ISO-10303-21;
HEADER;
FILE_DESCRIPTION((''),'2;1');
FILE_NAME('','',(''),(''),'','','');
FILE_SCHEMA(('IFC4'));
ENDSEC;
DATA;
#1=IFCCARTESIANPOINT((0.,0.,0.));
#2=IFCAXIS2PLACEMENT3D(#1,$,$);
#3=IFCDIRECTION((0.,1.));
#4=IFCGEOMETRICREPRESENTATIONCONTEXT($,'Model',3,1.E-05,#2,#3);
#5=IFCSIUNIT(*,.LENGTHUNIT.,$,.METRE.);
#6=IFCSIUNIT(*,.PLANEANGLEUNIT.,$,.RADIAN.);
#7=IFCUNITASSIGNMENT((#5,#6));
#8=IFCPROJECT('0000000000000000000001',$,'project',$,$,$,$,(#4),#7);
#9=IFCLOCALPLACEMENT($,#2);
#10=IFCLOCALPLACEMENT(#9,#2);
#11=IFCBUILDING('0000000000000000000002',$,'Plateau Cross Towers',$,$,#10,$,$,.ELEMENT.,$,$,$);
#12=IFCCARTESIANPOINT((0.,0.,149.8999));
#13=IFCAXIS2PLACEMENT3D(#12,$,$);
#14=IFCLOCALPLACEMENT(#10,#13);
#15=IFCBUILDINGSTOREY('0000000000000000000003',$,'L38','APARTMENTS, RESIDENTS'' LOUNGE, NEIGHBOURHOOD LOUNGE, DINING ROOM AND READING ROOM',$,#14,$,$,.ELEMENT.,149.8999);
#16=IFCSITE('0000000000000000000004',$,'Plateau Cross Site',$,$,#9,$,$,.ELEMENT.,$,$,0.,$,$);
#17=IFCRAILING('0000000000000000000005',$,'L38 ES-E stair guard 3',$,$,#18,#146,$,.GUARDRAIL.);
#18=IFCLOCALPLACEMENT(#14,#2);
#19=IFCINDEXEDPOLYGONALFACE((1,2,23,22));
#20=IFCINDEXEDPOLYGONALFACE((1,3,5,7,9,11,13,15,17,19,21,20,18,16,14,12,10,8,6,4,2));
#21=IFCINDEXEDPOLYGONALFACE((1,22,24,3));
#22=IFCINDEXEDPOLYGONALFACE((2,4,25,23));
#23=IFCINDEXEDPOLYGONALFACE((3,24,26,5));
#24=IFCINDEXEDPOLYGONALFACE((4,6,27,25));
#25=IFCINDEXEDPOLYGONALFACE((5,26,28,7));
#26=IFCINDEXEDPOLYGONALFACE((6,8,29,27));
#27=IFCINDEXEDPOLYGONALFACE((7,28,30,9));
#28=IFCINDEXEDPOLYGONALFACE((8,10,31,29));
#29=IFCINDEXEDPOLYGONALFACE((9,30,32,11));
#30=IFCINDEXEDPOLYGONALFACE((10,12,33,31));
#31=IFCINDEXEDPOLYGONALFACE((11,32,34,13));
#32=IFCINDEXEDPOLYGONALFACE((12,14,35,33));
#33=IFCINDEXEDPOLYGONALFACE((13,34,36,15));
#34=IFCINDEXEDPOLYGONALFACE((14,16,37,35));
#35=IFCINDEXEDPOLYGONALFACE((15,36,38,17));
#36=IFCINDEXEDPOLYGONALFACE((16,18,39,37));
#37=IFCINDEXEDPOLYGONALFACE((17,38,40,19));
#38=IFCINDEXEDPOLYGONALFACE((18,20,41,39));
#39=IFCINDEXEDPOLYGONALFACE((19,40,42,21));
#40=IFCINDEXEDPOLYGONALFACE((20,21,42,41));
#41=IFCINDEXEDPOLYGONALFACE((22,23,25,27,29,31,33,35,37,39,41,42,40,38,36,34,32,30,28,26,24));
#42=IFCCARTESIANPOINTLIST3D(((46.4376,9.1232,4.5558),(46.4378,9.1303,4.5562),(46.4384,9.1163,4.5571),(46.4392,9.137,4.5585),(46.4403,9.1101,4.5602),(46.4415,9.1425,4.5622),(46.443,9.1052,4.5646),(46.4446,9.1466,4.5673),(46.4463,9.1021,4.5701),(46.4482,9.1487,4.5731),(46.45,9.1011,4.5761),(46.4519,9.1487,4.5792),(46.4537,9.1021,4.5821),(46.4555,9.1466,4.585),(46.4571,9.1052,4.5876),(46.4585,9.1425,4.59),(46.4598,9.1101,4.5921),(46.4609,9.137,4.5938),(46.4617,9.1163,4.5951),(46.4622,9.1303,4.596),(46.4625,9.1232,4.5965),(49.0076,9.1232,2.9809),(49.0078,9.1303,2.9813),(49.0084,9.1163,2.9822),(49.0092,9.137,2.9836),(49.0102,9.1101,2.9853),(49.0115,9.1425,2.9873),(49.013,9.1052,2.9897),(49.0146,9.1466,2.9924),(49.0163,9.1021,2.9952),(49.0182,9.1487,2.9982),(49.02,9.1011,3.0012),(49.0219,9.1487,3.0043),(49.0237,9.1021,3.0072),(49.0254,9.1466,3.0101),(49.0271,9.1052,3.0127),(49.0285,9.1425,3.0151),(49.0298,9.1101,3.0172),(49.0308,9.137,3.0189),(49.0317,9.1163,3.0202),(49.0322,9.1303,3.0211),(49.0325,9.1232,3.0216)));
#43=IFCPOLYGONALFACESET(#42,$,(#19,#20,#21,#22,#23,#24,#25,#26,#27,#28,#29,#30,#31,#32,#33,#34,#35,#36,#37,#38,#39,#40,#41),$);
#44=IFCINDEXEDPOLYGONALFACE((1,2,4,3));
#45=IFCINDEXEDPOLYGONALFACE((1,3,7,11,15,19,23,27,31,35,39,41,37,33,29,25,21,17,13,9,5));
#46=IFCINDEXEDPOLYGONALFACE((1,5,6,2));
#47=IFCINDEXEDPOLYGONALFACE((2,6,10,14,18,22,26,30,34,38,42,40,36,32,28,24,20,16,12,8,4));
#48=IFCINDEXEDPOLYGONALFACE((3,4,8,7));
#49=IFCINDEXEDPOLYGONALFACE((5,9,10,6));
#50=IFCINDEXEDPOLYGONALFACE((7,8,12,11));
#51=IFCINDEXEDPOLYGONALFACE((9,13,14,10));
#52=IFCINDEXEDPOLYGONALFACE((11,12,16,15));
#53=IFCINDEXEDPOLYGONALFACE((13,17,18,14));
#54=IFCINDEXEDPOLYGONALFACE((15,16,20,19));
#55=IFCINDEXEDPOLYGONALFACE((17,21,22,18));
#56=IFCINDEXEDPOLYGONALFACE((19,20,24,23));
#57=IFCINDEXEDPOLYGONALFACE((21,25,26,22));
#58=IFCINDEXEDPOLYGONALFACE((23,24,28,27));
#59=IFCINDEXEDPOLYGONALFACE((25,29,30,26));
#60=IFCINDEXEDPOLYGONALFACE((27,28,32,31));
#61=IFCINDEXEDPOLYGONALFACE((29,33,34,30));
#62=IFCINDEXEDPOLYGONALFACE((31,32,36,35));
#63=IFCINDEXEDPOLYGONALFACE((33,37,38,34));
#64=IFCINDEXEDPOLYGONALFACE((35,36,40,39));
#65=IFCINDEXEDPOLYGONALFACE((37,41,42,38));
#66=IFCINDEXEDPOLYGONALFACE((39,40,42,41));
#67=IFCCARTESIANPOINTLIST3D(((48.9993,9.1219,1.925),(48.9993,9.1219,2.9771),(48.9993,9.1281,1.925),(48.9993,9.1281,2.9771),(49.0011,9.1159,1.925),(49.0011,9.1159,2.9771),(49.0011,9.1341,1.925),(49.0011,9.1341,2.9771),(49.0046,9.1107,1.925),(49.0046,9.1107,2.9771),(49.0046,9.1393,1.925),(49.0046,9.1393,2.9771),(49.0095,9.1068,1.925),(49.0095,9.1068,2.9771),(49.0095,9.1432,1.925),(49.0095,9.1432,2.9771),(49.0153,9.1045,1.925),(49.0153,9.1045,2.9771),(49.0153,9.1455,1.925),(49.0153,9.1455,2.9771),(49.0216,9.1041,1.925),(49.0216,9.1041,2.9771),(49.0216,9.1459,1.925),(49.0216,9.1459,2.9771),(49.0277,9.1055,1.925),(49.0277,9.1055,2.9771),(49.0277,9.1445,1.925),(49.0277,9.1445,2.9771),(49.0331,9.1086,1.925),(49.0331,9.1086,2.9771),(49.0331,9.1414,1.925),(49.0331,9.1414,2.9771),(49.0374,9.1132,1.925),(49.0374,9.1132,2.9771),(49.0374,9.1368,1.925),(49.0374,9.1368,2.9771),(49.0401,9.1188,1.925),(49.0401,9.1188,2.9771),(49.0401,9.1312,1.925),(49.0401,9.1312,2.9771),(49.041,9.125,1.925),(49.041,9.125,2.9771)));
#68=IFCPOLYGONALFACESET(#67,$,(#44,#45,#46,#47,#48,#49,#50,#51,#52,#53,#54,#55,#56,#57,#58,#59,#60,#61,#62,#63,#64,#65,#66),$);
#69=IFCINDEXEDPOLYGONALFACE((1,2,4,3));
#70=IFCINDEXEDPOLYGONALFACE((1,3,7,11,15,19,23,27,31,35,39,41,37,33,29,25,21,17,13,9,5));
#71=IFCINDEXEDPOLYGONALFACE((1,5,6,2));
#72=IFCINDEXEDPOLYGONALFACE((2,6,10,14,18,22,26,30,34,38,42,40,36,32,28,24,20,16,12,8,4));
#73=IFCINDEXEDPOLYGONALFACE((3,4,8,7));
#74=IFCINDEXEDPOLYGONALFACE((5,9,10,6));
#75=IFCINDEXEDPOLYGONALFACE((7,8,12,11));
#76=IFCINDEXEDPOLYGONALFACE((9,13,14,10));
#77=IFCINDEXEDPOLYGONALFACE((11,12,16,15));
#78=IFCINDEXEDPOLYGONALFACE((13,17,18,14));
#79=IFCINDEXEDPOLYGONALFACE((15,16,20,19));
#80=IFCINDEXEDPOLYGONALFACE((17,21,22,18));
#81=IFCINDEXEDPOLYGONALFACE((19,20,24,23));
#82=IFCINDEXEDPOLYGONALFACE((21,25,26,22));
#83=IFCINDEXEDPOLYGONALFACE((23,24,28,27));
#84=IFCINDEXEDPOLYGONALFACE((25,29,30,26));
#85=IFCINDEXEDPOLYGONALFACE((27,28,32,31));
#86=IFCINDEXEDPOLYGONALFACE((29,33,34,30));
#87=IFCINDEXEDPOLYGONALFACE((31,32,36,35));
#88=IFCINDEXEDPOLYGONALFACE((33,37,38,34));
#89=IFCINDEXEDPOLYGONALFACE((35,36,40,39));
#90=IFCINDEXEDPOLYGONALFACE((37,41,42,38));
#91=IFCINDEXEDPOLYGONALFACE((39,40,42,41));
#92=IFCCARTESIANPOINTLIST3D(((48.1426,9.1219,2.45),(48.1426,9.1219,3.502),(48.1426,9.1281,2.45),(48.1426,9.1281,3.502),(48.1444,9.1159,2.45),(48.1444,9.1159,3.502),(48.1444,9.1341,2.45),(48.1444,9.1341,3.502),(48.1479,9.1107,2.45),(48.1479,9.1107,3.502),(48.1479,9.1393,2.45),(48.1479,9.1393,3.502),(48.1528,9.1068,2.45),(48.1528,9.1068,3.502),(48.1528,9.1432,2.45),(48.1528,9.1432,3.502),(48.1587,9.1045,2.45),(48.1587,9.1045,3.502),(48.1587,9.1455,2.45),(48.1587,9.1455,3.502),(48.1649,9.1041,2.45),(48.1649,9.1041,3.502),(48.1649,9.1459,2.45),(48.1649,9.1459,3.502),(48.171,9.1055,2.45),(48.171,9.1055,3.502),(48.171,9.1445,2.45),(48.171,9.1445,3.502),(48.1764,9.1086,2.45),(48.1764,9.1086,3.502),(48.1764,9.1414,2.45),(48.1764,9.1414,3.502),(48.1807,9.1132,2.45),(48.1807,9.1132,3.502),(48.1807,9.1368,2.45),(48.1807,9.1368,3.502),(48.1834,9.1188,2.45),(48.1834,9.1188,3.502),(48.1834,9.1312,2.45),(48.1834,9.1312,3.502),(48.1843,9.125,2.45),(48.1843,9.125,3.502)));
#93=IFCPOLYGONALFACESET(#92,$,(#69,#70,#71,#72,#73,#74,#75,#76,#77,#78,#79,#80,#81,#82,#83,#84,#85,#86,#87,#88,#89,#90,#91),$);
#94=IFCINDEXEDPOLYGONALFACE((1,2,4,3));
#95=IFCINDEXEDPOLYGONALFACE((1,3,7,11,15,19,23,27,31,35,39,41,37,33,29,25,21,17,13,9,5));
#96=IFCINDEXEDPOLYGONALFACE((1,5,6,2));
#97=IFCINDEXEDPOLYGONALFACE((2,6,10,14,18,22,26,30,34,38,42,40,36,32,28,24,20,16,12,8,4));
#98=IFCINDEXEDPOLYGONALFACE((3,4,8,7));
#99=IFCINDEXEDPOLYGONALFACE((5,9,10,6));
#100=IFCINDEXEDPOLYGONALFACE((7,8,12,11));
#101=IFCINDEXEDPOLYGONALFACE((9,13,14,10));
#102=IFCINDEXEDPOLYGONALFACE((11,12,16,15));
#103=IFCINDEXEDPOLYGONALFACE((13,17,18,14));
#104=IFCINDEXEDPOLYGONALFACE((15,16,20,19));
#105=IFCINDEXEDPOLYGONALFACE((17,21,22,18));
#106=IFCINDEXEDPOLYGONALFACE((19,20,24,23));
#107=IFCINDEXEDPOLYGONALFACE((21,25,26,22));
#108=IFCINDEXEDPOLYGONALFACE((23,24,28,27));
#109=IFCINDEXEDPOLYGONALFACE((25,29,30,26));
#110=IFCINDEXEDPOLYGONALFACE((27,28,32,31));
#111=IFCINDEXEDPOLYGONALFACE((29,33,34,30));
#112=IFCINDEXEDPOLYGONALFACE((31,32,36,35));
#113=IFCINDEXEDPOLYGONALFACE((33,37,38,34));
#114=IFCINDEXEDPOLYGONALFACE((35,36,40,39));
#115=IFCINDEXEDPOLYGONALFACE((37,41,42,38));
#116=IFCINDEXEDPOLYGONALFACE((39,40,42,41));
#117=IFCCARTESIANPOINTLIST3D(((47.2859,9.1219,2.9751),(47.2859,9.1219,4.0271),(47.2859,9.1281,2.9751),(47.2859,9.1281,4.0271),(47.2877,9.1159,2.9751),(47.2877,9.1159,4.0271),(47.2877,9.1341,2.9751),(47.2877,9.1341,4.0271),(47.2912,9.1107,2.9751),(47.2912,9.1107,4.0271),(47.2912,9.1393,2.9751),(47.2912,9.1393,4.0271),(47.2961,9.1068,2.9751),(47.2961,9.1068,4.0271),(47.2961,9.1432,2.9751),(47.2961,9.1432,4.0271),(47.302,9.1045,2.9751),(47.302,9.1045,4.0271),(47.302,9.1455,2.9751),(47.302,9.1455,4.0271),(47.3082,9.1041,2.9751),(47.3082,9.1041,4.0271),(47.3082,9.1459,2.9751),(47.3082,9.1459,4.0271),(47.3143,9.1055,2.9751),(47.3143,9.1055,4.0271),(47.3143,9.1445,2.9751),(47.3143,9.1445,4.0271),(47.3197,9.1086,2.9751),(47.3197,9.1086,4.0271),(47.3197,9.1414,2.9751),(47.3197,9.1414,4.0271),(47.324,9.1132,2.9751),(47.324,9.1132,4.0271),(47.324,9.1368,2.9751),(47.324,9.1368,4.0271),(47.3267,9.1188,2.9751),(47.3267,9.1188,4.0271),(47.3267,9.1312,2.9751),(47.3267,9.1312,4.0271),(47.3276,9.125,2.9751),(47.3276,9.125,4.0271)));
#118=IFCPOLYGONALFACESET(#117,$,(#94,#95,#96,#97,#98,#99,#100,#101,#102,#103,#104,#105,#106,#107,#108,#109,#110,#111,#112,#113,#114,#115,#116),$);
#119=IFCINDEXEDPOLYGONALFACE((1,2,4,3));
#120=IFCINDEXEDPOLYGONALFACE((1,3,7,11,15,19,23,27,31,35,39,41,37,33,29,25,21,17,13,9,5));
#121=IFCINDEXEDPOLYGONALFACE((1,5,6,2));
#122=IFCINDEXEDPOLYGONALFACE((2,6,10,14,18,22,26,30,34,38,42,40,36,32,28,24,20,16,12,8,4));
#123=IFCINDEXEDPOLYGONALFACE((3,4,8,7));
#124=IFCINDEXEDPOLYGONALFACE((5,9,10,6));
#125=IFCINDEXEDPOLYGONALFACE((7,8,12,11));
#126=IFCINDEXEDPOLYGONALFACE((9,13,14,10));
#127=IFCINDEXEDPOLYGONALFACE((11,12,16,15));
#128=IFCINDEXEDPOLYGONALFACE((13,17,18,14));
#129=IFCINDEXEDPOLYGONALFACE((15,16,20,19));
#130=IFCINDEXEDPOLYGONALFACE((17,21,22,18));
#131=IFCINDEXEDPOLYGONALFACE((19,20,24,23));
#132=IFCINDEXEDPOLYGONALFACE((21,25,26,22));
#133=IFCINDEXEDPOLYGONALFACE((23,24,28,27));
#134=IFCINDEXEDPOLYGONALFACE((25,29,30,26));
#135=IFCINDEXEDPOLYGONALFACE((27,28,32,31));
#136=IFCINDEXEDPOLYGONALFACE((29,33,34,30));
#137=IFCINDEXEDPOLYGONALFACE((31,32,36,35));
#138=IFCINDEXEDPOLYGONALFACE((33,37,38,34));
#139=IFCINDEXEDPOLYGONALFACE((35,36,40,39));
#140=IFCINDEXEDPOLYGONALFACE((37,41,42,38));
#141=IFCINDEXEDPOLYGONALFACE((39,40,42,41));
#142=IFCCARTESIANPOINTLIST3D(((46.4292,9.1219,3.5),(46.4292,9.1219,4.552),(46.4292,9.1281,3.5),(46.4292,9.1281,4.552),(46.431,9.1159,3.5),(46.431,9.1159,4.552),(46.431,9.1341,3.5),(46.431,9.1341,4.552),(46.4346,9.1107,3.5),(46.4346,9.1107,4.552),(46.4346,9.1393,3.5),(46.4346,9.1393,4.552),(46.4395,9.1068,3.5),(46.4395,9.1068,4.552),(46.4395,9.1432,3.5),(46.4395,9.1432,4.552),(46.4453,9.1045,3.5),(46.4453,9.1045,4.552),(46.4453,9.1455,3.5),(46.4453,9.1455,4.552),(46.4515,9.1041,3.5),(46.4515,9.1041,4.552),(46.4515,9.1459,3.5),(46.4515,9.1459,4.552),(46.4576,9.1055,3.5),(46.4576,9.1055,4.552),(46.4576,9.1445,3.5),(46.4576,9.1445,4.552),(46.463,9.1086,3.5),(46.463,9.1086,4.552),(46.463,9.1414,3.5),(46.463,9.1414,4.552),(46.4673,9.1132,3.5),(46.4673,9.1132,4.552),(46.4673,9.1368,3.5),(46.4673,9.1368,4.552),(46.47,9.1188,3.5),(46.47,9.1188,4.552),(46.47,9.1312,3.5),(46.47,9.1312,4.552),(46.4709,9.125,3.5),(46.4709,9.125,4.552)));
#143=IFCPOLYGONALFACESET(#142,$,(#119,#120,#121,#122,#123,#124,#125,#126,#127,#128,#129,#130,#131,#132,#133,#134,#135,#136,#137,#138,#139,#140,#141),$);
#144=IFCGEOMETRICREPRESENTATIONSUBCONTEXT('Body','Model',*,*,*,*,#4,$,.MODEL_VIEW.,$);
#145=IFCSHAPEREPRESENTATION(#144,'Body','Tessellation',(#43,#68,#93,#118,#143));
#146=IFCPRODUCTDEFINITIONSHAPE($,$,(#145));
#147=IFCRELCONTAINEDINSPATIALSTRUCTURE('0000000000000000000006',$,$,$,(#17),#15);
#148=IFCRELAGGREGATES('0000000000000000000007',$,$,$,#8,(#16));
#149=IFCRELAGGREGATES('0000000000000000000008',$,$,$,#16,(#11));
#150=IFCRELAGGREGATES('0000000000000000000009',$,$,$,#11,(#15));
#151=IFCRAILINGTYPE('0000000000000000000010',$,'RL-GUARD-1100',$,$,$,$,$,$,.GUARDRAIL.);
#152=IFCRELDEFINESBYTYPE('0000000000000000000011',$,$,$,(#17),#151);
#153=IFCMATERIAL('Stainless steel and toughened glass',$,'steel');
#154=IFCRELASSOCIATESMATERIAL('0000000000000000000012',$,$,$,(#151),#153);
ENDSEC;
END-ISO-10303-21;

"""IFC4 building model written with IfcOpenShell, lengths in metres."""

from ifc_helpers import new_model, si_unit, direction, frame, origin, origin_2d, place, context, subcontext, project, spatial, circle, extrude, material, type_object, element, save


model = new_model("IFC4")

# Units and contexts
model_context = context("Model", 3, precision=1e-05, world=origin(), true_north=direction((0.0, 1.0)))
body_context = subcontext(model_context, "Body", "Model", "MODEL_VIEW")
ifc_project = project(units=[si_unit("LENGTHUNIT", "METRE"), si_unit("PLANEANGLEUNIT", "RADIAN")], contexts=[model_context])

# Site, building, storey
site_placement = place(None, origin())
site = spatial("IfcSite", under=ifc_project, at=site_placement, Name="Plateau Cross Site", CompositionType="ELEMENT", RefElevation=0.0)
building_placement = place(site_placement, origin())
building = spatial("IfcBuilding", under=site, at=building_placement, Name="Plateau Cross Towers", CompositionType="ELEMENT")
storey_placement = place(building_placement, frame((0.0, 0.0, 149.8999)))
storey = spatial("IfcBuildingStorey", under=building, at=storey_placement, Name="L38", Description="APARTMENTS, RESIDENTS' LOUNGE, NEIGHBOURHOOD LOUNGE, DINING ROOM AND READING ROOM", CompositionType="ELEMENT", Elevation=149.8999)

# Railing
ifc_material_1 = material(Name="Stainless steel and toughened glass", Category="steel")
railing_type_1 = type_object("IfcRailingType", Name="RL-GUARD-1100", PredefinedType="GUARDRAIL", material=ifc_material_1)
railing_1_placement = place(storey_placement, frame((49.02, 9.125, 1.925)))
element("IfcRailing", 1, at=railing_1_placement, inside=storey, type_object=railing_type_1, Name="L38 ES-E stair guard 3", PredefinedType="GUARDRAIL", context=body_context, shape_type="SweptSolid", body=[
    extrude(circle(Radius=0.0239, at=origin_2d()), frame((0.0, 0.0, 1.0762), z_axis=(-0.852639, 0.0, 0.522501), x_axis=(0.0, -1.0, 0.0)), (0.0, 0.0, 1.0), 3.0142),
    extrude(circle(Radius=0.021, at=origin_2d()), origin(), (0.0, 0.0, 1.0), 1.052),
    extrude(circle(Radius=0.021, at=origin_2d()), frame((-0.8567, 0.0, 0.5249)), (0.0, 0.0, 1.0), 1.052),
    extrude(circle(Radius=0.021, at=origin_2d()), frame((-1.7134, 0.0, 1.05)), (0.0, 0.0, 1.0), 1.052),
    extrude(circle(Radius=0.021, at=origin_2d()), frame((-2.5701, 0.0, 1.575)), (0.0, 0.0, 1.0), 1.052),
])

save(model, "model.ifc")
